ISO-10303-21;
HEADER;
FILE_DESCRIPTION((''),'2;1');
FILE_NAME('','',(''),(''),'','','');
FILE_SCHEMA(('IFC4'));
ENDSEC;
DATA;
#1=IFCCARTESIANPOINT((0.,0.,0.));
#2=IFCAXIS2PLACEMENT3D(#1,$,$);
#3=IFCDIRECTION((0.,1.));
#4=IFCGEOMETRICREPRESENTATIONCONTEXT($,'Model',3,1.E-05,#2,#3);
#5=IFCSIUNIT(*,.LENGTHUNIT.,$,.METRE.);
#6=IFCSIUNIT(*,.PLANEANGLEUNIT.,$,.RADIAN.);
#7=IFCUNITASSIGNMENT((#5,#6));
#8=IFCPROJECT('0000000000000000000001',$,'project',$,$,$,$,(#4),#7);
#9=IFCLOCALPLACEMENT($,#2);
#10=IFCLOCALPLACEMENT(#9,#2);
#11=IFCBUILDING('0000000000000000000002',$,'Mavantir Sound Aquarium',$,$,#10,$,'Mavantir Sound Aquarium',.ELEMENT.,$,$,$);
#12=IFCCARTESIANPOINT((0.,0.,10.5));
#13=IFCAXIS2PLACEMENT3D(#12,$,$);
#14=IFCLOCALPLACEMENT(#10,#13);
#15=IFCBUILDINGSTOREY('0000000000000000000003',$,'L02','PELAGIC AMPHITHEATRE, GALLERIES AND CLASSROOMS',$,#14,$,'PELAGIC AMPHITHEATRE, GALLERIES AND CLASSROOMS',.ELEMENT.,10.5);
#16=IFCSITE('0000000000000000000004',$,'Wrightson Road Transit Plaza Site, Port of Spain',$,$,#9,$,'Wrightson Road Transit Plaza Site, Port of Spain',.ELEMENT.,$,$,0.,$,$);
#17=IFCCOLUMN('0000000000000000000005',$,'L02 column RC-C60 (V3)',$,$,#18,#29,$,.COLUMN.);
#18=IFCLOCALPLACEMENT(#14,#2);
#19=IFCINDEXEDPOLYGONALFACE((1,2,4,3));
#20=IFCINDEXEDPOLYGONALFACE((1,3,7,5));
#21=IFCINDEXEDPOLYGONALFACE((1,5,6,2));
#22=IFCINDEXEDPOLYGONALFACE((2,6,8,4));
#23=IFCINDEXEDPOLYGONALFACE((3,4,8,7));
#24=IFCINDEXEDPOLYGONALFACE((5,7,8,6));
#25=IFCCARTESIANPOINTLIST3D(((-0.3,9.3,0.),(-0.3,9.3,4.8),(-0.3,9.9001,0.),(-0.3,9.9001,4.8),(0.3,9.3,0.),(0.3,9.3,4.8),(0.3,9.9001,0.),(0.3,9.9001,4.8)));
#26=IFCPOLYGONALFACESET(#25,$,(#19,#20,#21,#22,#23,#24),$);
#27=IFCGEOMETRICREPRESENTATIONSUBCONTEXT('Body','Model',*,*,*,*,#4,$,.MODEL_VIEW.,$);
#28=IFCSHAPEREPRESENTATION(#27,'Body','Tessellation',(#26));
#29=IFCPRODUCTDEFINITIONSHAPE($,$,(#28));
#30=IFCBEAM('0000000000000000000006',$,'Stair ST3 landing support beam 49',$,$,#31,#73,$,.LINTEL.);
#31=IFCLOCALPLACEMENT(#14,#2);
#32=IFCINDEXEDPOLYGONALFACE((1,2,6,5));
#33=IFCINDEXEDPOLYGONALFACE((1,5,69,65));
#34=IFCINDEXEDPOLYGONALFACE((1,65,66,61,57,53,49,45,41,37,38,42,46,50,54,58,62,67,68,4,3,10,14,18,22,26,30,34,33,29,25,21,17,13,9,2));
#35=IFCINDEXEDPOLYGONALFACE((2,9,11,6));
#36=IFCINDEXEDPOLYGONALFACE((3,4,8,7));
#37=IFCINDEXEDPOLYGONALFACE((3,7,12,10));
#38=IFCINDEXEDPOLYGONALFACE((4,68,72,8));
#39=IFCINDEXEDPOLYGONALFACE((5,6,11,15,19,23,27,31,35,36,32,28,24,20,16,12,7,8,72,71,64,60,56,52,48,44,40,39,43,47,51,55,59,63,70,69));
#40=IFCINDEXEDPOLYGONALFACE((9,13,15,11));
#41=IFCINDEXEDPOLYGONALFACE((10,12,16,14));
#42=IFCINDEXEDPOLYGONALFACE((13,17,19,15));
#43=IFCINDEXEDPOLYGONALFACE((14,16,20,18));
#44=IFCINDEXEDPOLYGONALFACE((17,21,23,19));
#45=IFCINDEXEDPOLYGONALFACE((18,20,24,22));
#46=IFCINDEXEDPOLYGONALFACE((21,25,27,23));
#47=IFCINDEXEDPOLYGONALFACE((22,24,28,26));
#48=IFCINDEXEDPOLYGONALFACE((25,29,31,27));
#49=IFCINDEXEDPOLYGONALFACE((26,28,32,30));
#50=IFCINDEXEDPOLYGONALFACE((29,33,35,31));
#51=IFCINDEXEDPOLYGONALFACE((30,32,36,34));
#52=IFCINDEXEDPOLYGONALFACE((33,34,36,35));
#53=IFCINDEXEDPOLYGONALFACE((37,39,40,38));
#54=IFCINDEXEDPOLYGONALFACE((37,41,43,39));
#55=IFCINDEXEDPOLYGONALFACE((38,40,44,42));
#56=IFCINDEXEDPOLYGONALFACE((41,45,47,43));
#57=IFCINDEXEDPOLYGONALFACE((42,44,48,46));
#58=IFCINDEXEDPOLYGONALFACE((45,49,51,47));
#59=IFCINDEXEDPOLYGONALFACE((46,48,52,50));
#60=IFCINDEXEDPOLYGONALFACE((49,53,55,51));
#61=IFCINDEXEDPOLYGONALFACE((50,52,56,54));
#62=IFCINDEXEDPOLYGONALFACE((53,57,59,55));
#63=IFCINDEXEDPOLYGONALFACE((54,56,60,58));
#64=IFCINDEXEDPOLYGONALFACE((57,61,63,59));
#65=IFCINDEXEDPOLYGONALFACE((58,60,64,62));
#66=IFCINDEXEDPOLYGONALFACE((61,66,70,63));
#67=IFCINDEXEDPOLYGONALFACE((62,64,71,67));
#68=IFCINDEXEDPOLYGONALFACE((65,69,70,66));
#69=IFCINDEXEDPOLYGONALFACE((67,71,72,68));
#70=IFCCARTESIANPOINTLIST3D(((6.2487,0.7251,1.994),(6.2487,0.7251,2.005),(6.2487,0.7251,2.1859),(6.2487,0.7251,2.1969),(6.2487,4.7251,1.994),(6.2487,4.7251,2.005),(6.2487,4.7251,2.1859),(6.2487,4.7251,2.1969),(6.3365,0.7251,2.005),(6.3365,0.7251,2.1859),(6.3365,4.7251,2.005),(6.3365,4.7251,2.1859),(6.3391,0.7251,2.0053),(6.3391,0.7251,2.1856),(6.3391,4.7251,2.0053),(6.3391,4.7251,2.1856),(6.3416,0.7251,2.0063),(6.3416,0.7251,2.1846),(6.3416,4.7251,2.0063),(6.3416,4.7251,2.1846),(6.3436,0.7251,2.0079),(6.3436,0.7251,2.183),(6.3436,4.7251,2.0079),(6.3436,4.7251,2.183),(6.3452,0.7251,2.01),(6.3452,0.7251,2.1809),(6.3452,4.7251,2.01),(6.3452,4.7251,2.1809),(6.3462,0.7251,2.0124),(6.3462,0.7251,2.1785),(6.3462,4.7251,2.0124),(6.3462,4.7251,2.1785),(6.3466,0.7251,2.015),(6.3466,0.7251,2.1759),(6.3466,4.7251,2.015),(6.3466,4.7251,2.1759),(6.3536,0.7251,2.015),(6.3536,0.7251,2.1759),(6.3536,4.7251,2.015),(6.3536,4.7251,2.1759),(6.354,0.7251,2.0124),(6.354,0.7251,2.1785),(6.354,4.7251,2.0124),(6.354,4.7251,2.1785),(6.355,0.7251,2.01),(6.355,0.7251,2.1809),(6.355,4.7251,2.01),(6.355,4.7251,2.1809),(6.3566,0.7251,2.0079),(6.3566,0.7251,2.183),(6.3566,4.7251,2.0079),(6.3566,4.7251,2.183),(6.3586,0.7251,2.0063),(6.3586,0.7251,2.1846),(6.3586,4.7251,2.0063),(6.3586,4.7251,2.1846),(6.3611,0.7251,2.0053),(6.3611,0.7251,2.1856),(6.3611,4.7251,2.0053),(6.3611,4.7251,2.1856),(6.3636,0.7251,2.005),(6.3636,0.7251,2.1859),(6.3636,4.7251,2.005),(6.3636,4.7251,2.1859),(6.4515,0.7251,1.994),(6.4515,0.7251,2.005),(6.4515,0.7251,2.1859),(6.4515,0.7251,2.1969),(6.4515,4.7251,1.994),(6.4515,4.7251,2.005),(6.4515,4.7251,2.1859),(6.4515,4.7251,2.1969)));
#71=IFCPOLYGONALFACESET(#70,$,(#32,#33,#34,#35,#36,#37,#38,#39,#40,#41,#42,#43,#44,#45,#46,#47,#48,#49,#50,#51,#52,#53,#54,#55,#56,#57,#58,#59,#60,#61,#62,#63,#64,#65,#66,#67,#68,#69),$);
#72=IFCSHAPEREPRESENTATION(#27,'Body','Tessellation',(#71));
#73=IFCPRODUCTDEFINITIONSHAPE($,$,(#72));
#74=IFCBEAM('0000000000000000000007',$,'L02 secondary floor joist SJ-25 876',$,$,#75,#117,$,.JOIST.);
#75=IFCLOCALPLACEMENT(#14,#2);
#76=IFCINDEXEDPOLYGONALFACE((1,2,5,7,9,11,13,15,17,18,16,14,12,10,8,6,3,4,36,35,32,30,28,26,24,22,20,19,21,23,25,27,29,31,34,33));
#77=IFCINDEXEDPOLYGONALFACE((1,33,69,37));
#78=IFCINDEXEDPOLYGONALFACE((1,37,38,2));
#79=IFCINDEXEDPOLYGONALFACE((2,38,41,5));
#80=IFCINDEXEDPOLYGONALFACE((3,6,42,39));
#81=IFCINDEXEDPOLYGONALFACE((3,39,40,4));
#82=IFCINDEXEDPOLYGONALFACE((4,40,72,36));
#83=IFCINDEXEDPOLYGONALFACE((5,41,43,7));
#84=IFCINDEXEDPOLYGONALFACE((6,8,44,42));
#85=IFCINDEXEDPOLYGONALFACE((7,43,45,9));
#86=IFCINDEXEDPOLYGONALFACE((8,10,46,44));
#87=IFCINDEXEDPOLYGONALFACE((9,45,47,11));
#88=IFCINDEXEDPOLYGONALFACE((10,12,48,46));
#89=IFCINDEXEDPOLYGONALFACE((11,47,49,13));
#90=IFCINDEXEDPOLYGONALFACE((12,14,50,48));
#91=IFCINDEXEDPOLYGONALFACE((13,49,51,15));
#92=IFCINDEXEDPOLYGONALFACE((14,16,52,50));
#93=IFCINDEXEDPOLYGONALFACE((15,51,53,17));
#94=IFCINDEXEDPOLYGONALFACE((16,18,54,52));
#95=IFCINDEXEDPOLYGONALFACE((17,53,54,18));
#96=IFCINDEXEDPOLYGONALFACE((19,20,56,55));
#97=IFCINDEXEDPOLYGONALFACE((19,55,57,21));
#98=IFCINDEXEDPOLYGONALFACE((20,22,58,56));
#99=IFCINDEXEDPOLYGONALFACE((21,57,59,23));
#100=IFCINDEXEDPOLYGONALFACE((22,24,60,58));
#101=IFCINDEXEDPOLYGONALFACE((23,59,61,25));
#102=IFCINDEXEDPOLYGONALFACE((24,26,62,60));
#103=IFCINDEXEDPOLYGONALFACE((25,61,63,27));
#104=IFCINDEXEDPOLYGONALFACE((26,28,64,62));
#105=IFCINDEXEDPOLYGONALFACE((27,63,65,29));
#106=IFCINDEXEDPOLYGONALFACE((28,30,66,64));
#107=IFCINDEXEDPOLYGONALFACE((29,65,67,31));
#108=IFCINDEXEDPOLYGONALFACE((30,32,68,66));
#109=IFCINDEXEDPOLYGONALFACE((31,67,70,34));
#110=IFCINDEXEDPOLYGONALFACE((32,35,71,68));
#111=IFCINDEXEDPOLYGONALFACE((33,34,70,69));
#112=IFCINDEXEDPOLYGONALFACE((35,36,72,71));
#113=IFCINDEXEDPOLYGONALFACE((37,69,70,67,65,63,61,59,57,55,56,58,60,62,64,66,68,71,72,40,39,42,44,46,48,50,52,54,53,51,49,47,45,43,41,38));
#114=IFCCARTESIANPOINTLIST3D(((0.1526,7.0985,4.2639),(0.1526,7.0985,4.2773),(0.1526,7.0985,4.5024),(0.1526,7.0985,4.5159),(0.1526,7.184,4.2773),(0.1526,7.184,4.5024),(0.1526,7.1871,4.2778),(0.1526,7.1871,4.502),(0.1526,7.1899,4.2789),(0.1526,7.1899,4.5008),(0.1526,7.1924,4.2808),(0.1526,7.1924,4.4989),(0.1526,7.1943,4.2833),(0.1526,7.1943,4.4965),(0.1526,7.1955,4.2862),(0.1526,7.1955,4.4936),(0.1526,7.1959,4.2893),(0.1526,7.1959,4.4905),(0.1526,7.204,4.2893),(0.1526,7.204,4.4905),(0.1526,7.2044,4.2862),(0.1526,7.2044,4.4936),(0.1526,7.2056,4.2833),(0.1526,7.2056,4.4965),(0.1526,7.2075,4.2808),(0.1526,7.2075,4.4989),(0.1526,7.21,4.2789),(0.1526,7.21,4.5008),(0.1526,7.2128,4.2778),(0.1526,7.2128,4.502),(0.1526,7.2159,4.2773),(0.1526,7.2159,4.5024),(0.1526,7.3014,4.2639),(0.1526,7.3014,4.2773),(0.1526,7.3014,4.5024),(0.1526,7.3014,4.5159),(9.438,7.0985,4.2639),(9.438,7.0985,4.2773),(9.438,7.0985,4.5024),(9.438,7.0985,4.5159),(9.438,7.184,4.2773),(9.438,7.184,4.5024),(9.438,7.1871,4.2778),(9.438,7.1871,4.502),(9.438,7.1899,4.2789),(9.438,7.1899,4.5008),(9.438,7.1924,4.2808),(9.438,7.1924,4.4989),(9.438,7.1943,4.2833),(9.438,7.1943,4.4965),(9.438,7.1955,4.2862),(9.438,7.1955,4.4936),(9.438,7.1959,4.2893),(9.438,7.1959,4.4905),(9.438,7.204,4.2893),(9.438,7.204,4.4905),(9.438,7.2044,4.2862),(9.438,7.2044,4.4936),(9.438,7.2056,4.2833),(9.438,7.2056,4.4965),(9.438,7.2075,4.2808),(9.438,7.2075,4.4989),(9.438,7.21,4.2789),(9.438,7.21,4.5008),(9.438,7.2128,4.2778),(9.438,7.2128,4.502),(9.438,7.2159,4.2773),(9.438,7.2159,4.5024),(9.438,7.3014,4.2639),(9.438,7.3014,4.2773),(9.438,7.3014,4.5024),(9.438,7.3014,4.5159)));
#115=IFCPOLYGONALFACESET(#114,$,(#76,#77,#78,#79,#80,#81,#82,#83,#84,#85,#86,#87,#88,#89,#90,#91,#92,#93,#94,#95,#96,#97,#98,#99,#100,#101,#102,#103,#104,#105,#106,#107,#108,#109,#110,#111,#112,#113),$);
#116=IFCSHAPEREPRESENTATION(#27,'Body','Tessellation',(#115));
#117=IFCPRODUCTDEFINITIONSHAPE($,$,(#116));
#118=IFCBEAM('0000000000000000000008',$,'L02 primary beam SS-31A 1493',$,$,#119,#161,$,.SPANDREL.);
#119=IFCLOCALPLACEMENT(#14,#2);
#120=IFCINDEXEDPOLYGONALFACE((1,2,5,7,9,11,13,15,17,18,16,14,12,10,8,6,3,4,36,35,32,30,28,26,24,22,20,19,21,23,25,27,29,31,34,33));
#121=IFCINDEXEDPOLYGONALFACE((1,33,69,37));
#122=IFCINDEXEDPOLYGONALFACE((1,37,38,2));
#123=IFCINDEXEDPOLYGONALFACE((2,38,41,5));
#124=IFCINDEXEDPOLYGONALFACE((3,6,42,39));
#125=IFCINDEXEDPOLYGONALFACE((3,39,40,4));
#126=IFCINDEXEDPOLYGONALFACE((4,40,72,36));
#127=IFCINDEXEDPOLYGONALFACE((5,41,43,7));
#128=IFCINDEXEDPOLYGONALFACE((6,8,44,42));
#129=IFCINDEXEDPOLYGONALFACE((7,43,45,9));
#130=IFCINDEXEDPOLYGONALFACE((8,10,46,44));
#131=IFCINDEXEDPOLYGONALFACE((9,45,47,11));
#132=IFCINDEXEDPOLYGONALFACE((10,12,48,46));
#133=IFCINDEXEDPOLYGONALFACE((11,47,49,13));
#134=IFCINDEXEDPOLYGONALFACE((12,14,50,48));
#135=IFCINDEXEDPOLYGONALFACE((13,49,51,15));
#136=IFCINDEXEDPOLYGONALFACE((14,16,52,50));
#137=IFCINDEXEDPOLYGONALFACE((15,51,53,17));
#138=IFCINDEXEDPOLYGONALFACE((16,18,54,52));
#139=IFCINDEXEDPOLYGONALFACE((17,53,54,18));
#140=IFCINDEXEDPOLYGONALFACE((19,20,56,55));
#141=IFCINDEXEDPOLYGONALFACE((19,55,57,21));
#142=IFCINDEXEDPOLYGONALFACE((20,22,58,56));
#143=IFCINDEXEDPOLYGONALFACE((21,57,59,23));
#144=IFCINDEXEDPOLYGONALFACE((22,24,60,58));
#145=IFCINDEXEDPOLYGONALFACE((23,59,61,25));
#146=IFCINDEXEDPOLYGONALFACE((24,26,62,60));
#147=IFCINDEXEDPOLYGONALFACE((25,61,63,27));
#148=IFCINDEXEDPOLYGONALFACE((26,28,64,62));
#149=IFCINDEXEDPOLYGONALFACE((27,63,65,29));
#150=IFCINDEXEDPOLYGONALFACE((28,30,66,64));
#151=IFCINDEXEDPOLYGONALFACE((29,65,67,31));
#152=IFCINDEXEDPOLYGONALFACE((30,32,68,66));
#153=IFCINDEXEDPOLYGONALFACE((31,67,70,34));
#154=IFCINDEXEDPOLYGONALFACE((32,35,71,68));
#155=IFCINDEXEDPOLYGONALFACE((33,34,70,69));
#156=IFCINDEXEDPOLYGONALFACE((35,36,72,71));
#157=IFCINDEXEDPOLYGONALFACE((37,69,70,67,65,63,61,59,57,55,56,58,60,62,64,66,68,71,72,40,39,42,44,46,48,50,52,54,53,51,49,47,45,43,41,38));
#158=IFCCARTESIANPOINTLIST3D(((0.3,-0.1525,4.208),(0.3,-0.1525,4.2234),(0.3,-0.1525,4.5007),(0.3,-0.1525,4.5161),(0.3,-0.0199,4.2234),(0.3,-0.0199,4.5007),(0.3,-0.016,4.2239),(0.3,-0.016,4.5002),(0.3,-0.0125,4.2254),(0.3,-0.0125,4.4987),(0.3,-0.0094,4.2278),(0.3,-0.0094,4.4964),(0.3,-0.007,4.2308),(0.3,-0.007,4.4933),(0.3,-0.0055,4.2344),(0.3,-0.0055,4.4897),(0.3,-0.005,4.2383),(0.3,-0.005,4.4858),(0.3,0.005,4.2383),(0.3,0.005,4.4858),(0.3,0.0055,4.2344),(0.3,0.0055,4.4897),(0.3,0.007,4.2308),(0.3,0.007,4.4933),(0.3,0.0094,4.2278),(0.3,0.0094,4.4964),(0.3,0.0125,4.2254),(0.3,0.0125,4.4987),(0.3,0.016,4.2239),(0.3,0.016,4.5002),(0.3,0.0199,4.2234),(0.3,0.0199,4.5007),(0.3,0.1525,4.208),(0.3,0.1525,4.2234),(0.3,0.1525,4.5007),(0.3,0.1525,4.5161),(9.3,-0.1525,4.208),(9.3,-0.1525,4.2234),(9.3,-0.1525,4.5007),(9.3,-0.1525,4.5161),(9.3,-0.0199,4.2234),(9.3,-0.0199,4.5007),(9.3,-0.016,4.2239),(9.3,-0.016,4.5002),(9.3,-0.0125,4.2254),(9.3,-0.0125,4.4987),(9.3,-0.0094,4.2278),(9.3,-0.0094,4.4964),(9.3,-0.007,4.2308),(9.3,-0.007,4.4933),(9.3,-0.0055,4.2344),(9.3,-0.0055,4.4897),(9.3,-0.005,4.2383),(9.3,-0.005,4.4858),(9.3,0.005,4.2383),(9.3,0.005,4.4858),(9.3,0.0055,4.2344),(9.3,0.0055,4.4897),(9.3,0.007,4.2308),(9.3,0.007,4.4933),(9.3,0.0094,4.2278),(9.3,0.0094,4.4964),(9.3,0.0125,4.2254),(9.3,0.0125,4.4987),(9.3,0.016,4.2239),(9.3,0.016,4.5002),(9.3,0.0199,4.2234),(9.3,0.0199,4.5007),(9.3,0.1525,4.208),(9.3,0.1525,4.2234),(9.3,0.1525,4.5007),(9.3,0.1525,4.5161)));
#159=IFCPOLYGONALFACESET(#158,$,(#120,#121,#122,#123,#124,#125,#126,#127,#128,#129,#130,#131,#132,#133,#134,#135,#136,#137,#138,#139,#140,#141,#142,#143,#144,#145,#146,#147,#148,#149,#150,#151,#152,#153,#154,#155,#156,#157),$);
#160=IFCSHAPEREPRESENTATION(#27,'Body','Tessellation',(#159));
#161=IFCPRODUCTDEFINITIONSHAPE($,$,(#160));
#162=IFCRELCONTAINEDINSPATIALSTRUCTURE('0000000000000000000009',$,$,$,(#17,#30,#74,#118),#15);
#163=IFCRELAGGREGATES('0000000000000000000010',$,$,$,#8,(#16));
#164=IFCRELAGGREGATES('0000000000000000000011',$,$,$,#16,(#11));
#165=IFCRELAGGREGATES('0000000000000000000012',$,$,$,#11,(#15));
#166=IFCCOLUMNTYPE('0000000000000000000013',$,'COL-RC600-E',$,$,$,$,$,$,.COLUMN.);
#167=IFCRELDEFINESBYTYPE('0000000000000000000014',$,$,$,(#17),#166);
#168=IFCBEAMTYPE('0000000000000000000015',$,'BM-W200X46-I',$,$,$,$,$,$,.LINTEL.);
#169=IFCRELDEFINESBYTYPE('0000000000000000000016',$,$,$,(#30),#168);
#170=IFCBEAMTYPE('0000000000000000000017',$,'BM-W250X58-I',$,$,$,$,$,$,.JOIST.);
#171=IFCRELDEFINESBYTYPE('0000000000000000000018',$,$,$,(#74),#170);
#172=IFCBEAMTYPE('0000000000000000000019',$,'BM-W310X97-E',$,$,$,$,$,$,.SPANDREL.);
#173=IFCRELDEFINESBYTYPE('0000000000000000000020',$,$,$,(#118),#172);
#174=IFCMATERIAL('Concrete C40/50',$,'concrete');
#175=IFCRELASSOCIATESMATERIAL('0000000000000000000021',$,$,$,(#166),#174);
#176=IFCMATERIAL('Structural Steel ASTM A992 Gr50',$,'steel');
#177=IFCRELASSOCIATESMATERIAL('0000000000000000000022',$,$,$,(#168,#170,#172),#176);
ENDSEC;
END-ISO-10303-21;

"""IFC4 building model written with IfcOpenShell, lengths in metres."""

from ifc_helpers import new_model, si_unit, direction, frame, origin, origin_2d, place, context, subcontext, project, spatial, rectangle, i_section, extrude, material, material_profile, profile_set, type_object, element, save


model = new_model("IFC4")

# Units and contexts
model_context = context("Model", 3, precision=1e-05, world=origin(), true_north=direction((0.0, 1.0)))
body_context = subcontext(model_context, "Body", "Model", "MODEL_VIEW")
ifc_project = project(units=[si_unit("LENGTHUNIT", "METRE"), si_unit("PLANEANGLEUNIT", "RADIAN")], contexts=[model_context])

# Site, building, storey
site_placement = place(None, origin())
site = spatial("IfcSite", under=ifc_project, at=site_placement, Name="Wrightson Road Transit Plaza Site, Port of Spain", LongName="Wrightson Road Transit Plaza Site, Port of Spain", CompositionType="ELEMENT", RefElevation=0.0)
building_placement = place(site_placement, origin())
building = spatial("IfcBuilding", under=site, at=building_placement, Name="Mavantir Sound Aquarium", LongName="Mavantir Sound Aquarium", CompositionType="ELEMENT")
storey_placement = place(building_placement, frame((0.0, 0.0, 10.5)))
storey = spatial("IfcBuildingStorey", under=building, at=storey_placement, Name="L02", Description="PELAGIC AMPHITHEATRE, GALLERIES AND CLASSROOMS", LongName="PELAGIC AMPHITHEATRE, GALLERIES AND CLASSROOMS", CompositionType="ELEMENT", Elevation=10.5)

# Column
ifc_material_1 = material(Name="Concrete C40/50", Category="concrete")
ifc_material_profile_1 = material_profile(ifc_material_1, rectangle(XDim=0.6001, YDim=0.6001, at=origin_2d()), Name="RC 600X600")
ifc_profile_set_1 = profile_set([ifc_material_profile_1], Name="Concrete C40/50")
column_type = type_object("IfcColumnType", Name="COL-RC600-E", PredefinedType="COLUMN", material=ifc_profile_set_1)
column_placement = place(storey_placement, frame((0.0, 9.6001, 0.0), z_axis=(0.0, 0.0, 1.0), x_axis=(1.0, 0.0, 0.0)))
element("IfcColumn", 1, at=column_placement, inside=storey, type_object=column_type, Name="L02 column RC-C60 (V3)", PredefinedType="COLUMN", context=body_context, shape_type="SweptSolid", body=[
    extrude(rectangle(XDim=0.6001, YDim=0.6001, at=origin_2d()), origin(), (0.0, 0.0, 1.0), 4.8),
])

# Beams
ifc_material_2 = material(Name="Structural Steel ASTM A992 Gr50", Category="steel")
ifc_material_profile_2 = material_profile(ifc_material_2, i_section(OverallWidth=0.2029, OverallDepth=0.2029, WebThickness=0.0071, FlangeThickness=0.011, FilletRadius=0.01, at=origin_2d()), Name="W200X46")
ifc_profile_set_2 = profile_set([ifc_material_profile_2], Name="Structural Steel ASTM A992 Gr50")
beam_type_1 = type_object("IfcBeamType", Name="BM-W200X46-I", PredefinedType="LINTEL", material=ifc_profile_set_2)
beam_1_placement = place(storey_placement, frame((6.3501, 0.7251, 2.0955), z_axis=(0.0, 1.0, 0.0), x_axis=(-1.0, 0.0, 0.0)))
element("IfcBeam", 2, at=beam_1_placement, inside=storey, type_object=beam_type_1, Name="Stair ST3 landing support beam 49", PredefinedType="LINTEL", context=body_context, shape_type="SweptSolid", body=[
    extrude(i_section(OverallWidth=0.2029, OverallDepth=0.2029, WebThickness=0.0071, FlangeThickness=0.011, FilletRadius=0.01, at=origin_2d()), origin(), (0.0, 0.0, 1.0), 4.0),
])
ifc_material_profile_3 = material_profile(ifc_material_2, i_section(OverallWidth=0.2029, OverallDepth=0.252, WebThickness=0.0081, FlangeThickness=0.0134, FilletRadius=0.012, at=origin_2d()), Name="W250X58")
ifc_profile_set_3 = profile_set([ifc_material_profile_3], Name="Structural Steel ASTM A992 Gr50")
beam_type_2 = type_object("IfcBeamType", Name="BM-W250X58-I", PredefinedType="JOIST", material=ifc_profile_set_3)
beam_2_placement = place(storey_placement, frame((0.1526, 7.2, 4.3899), z_axis=(1.0, 0.0, 0.0), x_axis=(0.0, 1.0, 0.0)))
element("IfcBeam", 3, at=beam_2_placement, inside=storey, type_object=beam_type_2, Name="L02 secondary floor joist SJ-25 876", PredefinedType="JOIST", context=body_context, shape_type="SweptSolid", body=[
    extrude(i_section(OverallWidth=0.2029, OverallDepth=0.252, WebThickness=0.0081, FlangeThickness=0.0134, FilletRadius=0.012, at=origin_2d()), origin(), (0.0, 0.0, 1.0), 9.2854),
])
ifc_material_profile_4 = material_profile(ifc_material_2, i_section(OverallWidth=0.3049, OverallDepth=0.3081, WebThickness=0.01, FlangeThickness=0.0154, FilletRadius=0.0149, at=origin_2d()), Name="W310X97")
ifc_profile_set_4 = profile_set([ifc_material_profile_4], Name="Structural Steel ASTM A992 Gr50")
beam_type_3 = type_object("IfcBeamType", Name="BM-W310X97-E", PredefinedType="SPANDREL", material=ifc_profile_set_4)
for number, where, z_axis, x_axis, name in (
    (4, (0.3, 0.0, 4.3621), (1.0, 0.0, 0.0), (0.0, 1.0, 0.0), "L02 primary beam SS-31A 1493"),
):
    element("IfcBeam", number, at=place(storey_placement, frame(where, z_axis=z_axis, x_axis=x_axis)), inside=storey, type_object=beam_type_3, Name=name, PredefinedType="SPANDREL", context=body_context, shape_type="SweptSolid", body=[
        extrude(i_section(OverallWidth=0.3049, OverallDepth=0.3081, WebThickness=0.01, FlangeThickness=0.0154, FilletRadius=0.0149, at=origin_2d()), origin(), (0.0, 0.0, 1.0), 9.0),
    ])

save(model, "model.ifc")
